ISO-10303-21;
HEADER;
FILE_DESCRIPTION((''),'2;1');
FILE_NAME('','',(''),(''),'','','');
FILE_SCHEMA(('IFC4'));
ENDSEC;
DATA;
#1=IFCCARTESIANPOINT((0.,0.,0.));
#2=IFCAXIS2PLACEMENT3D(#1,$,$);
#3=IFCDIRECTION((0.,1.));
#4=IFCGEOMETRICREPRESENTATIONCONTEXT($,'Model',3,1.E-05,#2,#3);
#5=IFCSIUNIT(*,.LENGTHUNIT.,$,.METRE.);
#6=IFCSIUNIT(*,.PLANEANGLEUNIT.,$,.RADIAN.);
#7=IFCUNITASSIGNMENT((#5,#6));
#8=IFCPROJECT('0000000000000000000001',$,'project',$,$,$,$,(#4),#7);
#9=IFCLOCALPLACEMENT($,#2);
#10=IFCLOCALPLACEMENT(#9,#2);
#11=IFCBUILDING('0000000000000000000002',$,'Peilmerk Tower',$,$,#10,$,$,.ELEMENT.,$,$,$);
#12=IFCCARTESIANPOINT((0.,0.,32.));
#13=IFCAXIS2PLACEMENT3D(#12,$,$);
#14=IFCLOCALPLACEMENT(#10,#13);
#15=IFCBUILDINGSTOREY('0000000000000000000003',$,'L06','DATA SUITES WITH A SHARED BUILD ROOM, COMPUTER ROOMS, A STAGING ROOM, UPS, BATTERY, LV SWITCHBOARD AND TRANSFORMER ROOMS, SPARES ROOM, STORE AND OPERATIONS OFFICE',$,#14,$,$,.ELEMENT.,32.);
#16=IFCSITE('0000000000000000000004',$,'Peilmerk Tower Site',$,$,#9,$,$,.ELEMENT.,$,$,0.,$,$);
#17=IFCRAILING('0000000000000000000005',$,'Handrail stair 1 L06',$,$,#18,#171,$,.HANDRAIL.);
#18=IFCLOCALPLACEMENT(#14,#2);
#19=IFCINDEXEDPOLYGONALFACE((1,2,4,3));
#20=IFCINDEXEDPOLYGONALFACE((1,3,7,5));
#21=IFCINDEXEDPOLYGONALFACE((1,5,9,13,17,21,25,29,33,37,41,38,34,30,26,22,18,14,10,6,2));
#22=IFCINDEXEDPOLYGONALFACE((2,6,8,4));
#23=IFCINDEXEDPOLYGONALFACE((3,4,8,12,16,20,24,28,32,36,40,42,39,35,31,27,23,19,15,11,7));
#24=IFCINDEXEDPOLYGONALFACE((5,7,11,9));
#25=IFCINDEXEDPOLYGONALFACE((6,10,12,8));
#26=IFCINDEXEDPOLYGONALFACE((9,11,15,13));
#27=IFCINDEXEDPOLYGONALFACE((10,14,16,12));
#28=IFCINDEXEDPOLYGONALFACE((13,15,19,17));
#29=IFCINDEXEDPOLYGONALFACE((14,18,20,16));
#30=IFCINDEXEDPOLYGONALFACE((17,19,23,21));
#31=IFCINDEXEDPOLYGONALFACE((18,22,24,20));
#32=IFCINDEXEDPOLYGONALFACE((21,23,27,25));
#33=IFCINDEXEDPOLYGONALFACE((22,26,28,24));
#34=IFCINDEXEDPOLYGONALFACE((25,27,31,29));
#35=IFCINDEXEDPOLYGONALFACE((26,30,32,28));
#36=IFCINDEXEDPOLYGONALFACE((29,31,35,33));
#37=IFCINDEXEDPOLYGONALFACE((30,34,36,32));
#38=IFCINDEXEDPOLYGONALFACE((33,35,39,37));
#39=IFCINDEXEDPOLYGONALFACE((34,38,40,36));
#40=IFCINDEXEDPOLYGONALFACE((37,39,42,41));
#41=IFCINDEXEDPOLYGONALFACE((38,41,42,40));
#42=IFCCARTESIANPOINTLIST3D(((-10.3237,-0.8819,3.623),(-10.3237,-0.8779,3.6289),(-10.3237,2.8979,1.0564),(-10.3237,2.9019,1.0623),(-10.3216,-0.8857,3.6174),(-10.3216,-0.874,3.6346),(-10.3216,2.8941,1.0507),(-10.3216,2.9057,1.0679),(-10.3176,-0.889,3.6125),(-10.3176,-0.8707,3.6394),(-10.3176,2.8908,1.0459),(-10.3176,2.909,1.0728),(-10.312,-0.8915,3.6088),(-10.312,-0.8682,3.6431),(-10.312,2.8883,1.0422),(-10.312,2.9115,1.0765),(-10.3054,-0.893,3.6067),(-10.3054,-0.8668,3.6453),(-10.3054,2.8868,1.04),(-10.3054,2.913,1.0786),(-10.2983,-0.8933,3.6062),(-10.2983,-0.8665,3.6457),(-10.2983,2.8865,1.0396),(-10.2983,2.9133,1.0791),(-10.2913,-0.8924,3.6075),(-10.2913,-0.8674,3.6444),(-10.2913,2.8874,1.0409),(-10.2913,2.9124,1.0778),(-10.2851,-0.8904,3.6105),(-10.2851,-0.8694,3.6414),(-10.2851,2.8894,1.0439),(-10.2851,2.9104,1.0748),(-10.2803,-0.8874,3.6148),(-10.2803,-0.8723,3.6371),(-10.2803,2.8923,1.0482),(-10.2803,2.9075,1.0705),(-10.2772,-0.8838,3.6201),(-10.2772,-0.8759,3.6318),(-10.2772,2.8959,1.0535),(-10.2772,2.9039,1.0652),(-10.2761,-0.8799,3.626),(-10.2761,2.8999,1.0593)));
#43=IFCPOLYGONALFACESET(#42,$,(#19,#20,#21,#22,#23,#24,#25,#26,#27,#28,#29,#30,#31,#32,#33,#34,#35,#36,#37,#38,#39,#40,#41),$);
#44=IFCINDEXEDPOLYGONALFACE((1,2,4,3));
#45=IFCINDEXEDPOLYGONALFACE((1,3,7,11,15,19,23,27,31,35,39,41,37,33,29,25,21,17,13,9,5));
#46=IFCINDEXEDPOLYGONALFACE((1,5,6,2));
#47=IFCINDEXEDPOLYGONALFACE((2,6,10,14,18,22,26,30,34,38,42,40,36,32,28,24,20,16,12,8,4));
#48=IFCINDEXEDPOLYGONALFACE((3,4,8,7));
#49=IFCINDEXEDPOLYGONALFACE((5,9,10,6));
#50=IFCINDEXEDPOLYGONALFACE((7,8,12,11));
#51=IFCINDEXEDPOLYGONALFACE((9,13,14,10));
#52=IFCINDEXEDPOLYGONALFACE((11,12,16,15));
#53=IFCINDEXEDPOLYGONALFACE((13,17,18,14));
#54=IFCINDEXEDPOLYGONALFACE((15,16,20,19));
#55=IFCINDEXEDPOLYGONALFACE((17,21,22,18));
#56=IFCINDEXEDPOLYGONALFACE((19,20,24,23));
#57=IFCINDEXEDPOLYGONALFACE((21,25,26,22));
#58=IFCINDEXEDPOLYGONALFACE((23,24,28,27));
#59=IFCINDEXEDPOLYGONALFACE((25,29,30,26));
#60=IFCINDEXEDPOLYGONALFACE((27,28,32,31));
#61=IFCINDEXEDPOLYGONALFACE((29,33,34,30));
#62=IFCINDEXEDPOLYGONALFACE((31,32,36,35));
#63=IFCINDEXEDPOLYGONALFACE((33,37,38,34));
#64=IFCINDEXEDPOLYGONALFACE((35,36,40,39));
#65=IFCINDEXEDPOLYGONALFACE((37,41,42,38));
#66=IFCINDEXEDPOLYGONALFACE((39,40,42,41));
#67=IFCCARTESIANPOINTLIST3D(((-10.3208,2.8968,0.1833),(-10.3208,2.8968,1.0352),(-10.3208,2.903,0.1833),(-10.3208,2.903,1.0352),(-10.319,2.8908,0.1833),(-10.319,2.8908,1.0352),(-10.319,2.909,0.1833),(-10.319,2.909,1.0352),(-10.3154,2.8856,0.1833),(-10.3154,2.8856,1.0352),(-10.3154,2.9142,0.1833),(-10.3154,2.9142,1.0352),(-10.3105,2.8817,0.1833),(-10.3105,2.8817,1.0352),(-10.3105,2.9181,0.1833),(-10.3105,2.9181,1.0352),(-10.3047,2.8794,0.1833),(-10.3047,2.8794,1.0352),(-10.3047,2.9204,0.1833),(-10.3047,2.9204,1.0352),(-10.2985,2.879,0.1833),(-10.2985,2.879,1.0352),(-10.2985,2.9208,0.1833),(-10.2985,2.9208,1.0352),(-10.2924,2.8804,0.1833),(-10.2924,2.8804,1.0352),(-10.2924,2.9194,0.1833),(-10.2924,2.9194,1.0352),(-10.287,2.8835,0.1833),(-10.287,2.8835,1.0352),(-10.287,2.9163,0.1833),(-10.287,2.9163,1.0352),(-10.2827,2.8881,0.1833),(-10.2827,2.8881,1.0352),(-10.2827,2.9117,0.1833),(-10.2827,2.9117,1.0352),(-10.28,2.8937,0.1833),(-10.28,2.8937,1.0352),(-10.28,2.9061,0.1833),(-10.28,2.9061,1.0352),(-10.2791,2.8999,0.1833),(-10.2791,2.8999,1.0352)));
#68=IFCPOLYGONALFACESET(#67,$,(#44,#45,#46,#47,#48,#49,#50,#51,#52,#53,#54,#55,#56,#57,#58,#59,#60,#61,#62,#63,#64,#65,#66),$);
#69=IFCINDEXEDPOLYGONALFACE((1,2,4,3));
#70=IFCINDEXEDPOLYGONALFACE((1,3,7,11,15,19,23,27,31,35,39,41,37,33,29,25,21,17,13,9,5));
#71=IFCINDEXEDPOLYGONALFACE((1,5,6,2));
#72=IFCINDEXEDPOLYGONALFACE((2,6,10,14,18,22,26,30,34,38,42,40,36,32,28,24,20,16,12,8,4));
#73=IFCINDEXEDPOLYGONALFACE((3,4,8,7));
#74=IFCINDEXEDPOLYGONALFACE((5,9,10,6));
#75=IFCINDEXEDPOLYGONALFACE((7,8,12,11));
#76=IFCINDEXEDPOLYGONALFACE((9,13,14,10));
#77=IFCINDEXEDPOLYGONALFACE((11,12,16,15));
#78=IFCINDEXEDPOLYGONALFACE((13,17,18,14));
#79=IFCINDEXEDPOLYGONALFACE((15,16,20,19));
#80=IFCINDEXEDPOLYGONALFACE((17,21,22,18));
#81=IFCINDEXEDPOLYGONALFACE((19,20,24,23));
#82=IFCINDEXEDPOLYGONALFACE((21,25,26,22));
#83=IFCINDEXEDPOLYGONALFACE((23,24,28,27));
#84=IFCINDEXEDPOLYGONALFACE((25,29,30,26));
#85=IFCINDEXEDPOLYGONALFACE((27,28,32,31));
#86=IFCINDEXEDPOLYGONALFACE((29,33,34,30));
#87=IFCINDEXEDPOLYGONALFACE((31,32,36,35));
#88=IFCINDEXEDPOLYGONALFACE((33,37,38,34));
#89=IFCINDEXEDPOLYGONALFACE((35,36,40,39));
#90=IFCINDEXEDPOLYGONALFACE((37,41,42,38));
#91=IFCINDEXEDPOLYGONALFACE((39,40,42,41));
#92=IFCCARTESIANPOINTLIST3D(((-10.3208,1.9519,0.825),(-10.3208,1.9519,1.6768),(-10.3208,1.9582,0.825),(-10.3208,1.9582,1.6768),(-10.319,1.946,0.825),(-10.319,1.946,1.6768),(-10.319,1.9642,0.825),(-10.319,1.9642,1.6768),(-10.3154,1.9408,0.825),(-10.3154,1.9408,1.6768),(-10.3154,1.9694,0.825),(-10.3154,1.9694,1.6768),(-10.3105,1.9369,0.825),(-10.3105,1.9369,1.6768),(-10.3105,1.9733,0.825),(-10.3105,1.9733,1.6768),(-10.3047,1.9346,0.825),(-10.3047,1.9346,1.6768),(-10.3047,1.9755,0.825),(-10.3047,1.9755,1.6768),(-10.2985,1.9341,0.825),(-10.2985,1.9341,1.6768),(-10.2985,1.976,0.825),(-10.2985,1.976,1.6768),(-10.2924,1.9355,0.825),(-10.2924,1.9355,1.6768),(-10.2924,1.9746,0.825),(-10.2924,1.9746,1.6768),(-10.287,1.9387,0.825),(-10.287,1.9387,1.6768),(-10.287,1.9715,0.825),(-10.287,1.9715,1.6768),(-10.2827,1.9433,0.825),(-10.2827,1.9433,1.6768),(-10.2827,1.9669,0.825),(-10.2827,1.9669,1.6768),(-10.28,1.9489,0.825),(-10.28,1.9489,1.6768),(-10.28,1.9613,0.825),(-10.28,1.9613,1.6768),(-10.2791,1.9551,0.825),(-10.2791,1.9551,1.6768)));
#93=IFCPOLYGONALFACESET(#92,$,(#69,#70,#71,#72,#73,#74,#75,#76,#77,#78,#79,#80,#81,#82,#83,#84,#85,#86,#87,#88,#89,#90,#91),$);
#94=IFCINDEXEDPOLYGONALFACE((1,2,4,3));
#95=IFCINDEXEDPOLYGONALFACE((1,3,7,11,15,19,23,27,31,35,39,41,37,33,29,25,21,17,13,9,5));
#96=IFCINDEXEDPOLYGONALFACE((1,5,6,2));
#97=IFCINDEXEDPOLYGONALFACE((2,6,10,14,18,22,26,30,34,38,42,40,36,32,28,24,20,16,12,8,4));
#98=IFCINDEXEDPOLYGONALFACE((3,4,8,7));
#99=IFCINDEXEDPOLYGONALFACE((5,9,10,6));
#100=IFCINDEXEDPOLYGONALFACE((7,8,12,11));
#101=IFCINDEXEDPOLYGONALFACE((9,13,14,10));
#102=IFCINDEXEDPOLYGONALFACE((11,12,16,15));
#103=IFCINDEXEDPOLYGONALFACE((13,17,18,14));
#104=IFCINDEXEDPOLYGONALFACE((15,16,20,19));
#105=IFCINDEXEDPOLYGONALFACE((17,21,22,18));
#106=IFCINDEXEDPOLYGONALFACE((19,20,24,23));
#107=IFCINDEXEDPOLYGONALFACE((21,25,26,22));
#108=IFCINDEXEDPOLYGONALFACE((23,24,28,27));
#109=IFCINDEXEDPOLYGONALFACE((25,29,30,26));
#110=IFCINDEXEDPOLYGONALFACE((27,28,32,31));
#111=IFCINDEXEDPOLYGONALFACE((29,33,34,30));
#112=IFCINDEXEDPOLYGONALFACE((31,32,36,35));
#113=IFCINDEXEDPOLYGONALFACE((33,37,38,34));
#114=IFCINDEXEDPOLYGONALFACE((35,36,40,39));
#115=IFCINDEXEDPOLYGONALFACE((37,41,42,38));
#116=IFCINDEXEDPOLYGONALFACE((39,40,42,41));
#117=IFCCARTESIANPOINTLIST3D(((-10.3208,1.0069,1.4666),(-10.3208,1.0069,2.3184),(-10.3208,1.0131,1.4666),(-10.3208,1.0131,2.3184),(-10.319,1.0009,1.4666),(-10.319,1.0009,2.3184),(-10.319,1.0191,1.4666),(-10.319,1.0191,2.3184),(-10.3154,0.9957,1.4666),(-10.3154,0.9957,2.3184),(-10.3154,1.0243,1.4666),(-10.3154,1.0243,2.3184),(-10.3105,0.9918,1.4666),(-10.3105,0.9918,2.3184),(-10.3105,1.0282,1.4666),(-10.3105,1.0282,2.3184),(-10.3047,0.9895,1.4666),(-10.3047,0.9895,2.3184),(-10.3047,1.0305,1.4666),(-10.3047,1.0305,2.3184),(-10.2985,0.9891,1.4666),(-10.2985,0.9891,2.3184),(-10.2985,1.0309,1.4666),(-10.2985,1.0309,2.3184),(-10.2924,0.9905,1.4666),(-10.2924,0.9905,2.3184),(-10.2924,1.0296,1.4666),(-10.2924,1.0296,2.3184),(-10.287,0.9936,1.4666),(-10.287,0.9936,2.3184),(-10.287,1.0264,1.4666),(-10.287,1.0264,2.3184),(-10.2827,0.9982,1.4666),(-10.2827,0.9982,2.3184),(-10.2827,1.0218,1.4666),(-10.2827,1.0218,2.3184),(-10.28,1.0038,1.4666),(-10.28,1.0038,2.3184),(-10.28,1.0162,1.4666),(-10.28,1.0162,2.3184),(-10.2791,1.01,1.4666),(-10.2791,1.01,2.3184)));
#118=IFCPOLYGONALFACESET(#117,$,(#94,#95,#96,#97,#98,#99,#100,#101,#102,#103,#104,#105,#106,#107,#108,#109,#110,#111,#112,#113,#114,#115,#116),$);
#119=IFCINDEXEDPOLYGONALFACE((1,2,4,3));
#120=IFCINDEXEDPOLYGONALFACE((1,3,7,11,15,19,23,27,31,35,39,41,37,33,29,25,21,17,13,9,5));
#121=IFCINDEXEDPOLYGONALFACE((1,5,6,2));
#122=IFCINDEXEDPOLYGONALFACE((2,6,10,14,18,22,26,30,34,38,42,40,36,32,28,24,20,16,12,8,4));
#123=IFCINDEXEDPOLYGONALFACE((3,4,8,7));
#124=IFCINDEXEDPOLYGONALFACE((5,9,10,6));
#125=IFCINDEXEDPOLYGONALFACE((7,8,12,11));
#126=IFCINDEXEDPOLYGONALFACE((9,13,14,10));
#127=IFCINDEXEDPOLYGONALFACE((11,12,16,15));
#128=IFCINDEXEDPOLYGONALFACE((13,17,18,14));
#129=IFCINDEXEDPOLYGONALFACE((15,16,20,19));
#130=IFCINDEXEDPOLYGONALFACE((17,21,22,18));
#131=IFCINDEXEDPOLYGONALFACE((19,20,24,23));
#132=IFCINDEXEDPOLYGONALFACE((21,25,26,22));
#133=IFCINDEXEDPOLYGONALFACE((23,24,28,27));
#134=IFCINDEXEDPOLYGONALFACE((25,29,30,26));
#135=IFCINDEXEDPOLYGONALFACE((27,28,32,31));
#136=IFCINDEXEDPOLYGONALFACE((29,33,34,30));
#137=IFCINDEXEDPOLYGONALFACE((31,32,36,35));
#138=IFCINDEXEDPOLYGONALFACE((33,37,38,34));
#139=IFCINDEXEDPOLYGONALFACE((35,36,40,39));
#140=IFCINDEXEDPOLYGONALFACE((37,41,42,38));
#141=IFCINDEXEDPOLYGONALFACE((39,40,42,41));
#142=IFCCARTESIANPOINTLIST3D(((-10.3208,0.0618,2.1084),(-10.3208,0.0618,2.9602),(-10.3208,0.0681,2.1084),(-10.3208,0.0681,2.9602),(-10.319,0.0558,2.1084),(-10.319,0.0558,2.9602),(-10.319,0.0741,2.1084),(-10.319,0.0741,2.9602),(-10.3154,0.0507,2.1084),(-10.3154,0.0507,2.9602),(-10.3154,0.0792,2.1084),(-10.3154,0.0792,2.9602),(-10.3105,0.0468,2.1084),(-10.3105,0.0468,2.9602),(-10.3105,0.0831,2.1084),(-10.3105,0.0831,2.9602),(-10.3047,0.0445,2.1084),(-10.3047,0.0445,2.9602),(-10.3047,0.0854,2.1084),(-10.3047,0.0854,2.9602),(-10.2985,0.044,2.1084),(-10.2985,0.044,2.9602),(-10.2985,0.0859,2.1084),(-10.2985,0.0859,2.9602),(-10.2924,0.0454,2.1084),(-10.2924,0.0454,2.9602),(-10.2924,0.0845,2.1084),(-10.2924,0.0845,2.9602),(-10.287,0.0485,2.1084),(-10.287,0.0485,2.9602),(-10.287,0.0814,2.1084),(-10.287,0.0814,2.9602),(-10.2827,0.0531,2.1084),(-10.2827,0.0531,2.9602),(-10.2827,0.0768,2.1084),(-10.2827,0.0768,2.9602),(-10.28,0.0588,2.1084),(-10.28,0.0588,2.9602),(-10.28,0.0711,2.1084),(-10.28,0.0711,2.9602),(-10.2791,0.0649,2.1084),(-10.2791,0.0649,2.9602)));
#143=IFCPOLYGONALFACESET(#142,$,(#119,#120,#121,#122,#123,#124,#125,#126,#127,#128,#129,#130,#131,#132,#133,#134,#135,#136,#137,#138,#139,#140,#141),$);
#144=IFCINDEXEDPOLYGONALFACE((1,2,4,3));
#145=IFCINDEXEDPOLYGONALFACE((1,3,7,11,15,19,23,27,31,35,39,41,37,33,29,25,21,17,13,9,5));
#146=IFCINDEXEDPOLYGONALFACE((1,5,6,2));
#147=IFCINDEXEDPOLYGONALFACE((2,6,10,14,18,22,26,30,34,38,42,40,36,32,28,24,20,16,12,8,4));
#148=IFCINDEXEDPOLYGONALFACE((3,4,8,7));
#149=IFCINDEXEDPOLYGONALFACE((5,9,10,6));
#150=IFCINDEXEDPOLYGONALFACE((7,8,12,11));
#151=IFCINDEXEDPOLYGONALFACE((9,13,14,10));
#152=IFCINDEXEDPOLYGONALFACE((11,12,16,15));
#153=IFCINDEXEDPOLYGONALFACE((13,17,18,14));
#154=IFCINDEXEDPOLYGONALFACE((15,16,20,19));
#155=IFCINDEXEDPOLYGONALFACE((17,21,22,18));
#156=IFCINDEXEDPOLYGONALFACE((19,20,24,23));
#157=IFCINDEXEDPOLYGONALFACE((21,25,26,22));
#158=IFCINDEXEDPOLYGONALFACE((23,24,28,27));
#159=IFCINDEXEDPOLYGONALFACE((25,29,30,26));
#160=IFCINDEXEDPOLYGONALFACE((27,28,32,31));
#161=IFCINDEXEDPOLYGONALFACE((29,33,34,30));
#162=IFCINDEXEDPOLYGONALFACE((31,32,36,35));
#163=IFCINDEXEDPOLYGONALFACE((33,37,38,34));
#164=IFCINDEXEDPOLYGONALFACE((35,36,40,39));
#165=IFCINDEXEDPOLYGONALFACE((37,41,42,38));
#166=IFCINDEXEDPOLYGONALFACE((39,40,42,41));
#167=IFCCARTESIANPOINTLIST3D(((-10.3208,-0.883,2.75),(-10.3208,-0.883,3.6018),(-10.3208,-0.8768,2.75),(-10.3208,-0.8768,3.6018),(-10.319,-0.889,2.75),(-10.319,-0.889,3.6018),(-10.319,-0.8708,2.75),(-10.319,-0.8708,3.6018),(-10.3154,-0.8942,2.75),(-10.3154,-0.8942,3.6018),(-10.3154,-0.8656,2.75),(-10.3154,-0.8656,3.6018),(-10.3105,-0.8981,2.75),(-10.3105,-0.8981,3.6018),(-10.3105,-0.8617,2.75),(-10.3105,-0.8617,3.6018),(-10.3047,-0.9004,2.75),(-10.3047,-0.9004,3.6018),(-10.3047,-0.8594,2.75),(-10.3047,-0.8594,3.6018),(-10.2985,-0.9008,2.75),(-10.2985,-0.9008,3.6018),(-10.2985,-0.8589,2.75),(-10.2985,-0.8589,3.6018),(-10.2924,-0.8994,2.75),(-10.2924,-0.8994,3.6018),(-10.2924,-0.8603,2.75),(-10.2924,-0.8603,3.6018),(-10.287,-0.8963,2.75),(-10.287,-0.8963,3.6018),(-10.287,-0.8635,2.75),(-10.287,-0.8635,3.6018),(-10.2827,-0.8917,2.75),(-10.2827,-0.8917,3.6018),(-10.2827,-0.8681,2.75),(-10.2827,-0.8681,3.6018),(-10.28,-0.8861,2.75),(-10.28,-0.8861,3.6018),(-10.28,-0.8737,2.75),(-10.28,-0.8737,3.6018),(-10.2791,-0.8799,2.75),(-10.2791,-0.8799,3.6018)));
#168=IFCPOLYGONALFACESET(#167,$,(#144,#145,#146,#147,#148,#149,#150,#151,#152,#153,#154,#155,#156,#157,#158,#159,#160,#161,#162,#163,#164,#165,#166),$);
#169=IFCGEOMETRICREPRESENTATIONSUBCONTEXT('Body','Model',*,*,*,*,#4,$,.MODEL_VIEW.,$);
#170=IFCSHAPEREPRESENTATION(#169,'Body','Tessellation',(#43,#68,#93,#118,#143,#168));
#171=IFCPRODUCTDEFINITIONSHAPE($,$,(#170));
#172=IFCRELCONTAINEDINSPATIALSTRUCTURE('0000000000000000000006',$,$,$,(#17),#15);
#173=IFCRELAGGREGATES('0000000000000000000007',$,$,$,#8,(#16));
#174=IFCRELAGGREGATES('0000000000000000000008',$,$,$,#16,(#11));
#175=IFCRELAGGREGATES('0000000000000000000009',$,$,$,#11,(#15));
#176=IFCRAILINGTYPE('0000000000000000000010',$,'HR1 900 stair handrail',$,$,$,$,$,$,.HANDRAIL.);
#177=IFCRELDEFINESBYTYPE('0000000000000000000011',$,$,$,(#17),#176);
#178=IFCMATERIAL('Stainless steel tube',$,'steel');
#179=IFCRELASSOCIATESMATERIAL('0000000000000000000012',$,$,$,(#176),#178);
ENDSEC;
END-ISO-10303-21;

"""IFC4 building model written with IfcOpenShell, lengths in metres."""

from ifc_helpers import new_model, si_unit, direction, frame, origin, origin_2d, place, context, subcontext, project, spatial, circle, extrude, material, type_object, element, save


model = new_model("IFC4")

# Units and contexts
model_context = context("Model", 3, precision=1e-05, world=origin(), true_north=direction((0.0, 1.0)))
body_context = subcontext(model_context, "Body", "Model", "MODEL_VIEW")
ifc_project = project(units=[si_unit("LENGTHUNIT", "METRE"), si_unit("PLANEANGLEUNIT", "RADIAN")], contexts=[model_context])

# Site, building, storey
site_placement = place(None, origin())
site = spatial("IfcSite", under=ifc_project, at=site_placement, Name="Peilmerk Tower Site", CompositionType="ELEMENT", RefElevation=0.0)
building_placement = place(site_placement, origin())
building = spatial("IfcBuilding", under=site, at=building_placement, Name="Peilmerk Tower", CompositionType="ELEMENT")
storey_placement = place(building_placement, frame((0.0, 0.0, 32.0)))
storey = spatial("IfcBuildingStorey", under=building, at=storey_placement, Name="L06", Description="DATA SUITES WITH A SHARED BUILD ROOM, COMPUTER ROOMS, A STAGING ROOM, UPS, BATTERY, LV SWITCHBOARD AND TRANSFORMER ROOMS, SPARES ROOM, STORE AND OPERATIONS OFFICE", CompositionType="ELEMENT", Elevation=32.0)

# Railing
ifc_material_1 = material(Name="Stainless steel tube", Category="steel")
railing_type_1 = type_object("IfcRailingType", Name="HR1 900 stair handrail", PredefinedType="HANDRAIL", material=ifc_material_1)
railing_1_placement = place(storey_placement, frame((-10.3, 2.8999, 0.1833)))
element("IfcRailing", 1, at=railing_1_placement, inside=storey, type_object=railing_type_1, Name="Handrail stair 1 L06", PredefinedType="HANDRAIL", context=body_context, shape_type="SweptSolid", body=[
    extrude(circle(Radius=0.0239, at=origin_2d()), frame((0.0, 0.0, 0.876), z_axis=(0.0, -0.827293, 0.561771), x_axis=(1.0, 0.0, 0.0)), (0.0, 0.0, 1.0), 4.5688),
    extrude(circle(Radius=0.021, at=origin_2d()), origin(), (0.0, 0.0, 1.0), 0.8518),
    extrude(circle(Radius=0.021, at=origin_2d()), frame((0.0, -0.9448, 0.6416)), (0.0, 0.0, 1.0), 0.8518),
    extrude(circle(Radius=0.021, at=origin_2d()), frame((0.0, -1.8899, 1.2832)), (0.0, 0.0, 1.0), 0.8518),
    extrude(circle(Radius=0.021, at=origin_2d()), frame((0.0, -2.835, 1.925)), (0.0, 0.0, 1.0), 0.8518),
    extrude(circle(Radius=0.021, at=origin_2d()), frame((0.0, -3.7798, 2.5667)), (0.0, 0.0, 1.0), 0.8518),
])

save(model, "model.ifc")
